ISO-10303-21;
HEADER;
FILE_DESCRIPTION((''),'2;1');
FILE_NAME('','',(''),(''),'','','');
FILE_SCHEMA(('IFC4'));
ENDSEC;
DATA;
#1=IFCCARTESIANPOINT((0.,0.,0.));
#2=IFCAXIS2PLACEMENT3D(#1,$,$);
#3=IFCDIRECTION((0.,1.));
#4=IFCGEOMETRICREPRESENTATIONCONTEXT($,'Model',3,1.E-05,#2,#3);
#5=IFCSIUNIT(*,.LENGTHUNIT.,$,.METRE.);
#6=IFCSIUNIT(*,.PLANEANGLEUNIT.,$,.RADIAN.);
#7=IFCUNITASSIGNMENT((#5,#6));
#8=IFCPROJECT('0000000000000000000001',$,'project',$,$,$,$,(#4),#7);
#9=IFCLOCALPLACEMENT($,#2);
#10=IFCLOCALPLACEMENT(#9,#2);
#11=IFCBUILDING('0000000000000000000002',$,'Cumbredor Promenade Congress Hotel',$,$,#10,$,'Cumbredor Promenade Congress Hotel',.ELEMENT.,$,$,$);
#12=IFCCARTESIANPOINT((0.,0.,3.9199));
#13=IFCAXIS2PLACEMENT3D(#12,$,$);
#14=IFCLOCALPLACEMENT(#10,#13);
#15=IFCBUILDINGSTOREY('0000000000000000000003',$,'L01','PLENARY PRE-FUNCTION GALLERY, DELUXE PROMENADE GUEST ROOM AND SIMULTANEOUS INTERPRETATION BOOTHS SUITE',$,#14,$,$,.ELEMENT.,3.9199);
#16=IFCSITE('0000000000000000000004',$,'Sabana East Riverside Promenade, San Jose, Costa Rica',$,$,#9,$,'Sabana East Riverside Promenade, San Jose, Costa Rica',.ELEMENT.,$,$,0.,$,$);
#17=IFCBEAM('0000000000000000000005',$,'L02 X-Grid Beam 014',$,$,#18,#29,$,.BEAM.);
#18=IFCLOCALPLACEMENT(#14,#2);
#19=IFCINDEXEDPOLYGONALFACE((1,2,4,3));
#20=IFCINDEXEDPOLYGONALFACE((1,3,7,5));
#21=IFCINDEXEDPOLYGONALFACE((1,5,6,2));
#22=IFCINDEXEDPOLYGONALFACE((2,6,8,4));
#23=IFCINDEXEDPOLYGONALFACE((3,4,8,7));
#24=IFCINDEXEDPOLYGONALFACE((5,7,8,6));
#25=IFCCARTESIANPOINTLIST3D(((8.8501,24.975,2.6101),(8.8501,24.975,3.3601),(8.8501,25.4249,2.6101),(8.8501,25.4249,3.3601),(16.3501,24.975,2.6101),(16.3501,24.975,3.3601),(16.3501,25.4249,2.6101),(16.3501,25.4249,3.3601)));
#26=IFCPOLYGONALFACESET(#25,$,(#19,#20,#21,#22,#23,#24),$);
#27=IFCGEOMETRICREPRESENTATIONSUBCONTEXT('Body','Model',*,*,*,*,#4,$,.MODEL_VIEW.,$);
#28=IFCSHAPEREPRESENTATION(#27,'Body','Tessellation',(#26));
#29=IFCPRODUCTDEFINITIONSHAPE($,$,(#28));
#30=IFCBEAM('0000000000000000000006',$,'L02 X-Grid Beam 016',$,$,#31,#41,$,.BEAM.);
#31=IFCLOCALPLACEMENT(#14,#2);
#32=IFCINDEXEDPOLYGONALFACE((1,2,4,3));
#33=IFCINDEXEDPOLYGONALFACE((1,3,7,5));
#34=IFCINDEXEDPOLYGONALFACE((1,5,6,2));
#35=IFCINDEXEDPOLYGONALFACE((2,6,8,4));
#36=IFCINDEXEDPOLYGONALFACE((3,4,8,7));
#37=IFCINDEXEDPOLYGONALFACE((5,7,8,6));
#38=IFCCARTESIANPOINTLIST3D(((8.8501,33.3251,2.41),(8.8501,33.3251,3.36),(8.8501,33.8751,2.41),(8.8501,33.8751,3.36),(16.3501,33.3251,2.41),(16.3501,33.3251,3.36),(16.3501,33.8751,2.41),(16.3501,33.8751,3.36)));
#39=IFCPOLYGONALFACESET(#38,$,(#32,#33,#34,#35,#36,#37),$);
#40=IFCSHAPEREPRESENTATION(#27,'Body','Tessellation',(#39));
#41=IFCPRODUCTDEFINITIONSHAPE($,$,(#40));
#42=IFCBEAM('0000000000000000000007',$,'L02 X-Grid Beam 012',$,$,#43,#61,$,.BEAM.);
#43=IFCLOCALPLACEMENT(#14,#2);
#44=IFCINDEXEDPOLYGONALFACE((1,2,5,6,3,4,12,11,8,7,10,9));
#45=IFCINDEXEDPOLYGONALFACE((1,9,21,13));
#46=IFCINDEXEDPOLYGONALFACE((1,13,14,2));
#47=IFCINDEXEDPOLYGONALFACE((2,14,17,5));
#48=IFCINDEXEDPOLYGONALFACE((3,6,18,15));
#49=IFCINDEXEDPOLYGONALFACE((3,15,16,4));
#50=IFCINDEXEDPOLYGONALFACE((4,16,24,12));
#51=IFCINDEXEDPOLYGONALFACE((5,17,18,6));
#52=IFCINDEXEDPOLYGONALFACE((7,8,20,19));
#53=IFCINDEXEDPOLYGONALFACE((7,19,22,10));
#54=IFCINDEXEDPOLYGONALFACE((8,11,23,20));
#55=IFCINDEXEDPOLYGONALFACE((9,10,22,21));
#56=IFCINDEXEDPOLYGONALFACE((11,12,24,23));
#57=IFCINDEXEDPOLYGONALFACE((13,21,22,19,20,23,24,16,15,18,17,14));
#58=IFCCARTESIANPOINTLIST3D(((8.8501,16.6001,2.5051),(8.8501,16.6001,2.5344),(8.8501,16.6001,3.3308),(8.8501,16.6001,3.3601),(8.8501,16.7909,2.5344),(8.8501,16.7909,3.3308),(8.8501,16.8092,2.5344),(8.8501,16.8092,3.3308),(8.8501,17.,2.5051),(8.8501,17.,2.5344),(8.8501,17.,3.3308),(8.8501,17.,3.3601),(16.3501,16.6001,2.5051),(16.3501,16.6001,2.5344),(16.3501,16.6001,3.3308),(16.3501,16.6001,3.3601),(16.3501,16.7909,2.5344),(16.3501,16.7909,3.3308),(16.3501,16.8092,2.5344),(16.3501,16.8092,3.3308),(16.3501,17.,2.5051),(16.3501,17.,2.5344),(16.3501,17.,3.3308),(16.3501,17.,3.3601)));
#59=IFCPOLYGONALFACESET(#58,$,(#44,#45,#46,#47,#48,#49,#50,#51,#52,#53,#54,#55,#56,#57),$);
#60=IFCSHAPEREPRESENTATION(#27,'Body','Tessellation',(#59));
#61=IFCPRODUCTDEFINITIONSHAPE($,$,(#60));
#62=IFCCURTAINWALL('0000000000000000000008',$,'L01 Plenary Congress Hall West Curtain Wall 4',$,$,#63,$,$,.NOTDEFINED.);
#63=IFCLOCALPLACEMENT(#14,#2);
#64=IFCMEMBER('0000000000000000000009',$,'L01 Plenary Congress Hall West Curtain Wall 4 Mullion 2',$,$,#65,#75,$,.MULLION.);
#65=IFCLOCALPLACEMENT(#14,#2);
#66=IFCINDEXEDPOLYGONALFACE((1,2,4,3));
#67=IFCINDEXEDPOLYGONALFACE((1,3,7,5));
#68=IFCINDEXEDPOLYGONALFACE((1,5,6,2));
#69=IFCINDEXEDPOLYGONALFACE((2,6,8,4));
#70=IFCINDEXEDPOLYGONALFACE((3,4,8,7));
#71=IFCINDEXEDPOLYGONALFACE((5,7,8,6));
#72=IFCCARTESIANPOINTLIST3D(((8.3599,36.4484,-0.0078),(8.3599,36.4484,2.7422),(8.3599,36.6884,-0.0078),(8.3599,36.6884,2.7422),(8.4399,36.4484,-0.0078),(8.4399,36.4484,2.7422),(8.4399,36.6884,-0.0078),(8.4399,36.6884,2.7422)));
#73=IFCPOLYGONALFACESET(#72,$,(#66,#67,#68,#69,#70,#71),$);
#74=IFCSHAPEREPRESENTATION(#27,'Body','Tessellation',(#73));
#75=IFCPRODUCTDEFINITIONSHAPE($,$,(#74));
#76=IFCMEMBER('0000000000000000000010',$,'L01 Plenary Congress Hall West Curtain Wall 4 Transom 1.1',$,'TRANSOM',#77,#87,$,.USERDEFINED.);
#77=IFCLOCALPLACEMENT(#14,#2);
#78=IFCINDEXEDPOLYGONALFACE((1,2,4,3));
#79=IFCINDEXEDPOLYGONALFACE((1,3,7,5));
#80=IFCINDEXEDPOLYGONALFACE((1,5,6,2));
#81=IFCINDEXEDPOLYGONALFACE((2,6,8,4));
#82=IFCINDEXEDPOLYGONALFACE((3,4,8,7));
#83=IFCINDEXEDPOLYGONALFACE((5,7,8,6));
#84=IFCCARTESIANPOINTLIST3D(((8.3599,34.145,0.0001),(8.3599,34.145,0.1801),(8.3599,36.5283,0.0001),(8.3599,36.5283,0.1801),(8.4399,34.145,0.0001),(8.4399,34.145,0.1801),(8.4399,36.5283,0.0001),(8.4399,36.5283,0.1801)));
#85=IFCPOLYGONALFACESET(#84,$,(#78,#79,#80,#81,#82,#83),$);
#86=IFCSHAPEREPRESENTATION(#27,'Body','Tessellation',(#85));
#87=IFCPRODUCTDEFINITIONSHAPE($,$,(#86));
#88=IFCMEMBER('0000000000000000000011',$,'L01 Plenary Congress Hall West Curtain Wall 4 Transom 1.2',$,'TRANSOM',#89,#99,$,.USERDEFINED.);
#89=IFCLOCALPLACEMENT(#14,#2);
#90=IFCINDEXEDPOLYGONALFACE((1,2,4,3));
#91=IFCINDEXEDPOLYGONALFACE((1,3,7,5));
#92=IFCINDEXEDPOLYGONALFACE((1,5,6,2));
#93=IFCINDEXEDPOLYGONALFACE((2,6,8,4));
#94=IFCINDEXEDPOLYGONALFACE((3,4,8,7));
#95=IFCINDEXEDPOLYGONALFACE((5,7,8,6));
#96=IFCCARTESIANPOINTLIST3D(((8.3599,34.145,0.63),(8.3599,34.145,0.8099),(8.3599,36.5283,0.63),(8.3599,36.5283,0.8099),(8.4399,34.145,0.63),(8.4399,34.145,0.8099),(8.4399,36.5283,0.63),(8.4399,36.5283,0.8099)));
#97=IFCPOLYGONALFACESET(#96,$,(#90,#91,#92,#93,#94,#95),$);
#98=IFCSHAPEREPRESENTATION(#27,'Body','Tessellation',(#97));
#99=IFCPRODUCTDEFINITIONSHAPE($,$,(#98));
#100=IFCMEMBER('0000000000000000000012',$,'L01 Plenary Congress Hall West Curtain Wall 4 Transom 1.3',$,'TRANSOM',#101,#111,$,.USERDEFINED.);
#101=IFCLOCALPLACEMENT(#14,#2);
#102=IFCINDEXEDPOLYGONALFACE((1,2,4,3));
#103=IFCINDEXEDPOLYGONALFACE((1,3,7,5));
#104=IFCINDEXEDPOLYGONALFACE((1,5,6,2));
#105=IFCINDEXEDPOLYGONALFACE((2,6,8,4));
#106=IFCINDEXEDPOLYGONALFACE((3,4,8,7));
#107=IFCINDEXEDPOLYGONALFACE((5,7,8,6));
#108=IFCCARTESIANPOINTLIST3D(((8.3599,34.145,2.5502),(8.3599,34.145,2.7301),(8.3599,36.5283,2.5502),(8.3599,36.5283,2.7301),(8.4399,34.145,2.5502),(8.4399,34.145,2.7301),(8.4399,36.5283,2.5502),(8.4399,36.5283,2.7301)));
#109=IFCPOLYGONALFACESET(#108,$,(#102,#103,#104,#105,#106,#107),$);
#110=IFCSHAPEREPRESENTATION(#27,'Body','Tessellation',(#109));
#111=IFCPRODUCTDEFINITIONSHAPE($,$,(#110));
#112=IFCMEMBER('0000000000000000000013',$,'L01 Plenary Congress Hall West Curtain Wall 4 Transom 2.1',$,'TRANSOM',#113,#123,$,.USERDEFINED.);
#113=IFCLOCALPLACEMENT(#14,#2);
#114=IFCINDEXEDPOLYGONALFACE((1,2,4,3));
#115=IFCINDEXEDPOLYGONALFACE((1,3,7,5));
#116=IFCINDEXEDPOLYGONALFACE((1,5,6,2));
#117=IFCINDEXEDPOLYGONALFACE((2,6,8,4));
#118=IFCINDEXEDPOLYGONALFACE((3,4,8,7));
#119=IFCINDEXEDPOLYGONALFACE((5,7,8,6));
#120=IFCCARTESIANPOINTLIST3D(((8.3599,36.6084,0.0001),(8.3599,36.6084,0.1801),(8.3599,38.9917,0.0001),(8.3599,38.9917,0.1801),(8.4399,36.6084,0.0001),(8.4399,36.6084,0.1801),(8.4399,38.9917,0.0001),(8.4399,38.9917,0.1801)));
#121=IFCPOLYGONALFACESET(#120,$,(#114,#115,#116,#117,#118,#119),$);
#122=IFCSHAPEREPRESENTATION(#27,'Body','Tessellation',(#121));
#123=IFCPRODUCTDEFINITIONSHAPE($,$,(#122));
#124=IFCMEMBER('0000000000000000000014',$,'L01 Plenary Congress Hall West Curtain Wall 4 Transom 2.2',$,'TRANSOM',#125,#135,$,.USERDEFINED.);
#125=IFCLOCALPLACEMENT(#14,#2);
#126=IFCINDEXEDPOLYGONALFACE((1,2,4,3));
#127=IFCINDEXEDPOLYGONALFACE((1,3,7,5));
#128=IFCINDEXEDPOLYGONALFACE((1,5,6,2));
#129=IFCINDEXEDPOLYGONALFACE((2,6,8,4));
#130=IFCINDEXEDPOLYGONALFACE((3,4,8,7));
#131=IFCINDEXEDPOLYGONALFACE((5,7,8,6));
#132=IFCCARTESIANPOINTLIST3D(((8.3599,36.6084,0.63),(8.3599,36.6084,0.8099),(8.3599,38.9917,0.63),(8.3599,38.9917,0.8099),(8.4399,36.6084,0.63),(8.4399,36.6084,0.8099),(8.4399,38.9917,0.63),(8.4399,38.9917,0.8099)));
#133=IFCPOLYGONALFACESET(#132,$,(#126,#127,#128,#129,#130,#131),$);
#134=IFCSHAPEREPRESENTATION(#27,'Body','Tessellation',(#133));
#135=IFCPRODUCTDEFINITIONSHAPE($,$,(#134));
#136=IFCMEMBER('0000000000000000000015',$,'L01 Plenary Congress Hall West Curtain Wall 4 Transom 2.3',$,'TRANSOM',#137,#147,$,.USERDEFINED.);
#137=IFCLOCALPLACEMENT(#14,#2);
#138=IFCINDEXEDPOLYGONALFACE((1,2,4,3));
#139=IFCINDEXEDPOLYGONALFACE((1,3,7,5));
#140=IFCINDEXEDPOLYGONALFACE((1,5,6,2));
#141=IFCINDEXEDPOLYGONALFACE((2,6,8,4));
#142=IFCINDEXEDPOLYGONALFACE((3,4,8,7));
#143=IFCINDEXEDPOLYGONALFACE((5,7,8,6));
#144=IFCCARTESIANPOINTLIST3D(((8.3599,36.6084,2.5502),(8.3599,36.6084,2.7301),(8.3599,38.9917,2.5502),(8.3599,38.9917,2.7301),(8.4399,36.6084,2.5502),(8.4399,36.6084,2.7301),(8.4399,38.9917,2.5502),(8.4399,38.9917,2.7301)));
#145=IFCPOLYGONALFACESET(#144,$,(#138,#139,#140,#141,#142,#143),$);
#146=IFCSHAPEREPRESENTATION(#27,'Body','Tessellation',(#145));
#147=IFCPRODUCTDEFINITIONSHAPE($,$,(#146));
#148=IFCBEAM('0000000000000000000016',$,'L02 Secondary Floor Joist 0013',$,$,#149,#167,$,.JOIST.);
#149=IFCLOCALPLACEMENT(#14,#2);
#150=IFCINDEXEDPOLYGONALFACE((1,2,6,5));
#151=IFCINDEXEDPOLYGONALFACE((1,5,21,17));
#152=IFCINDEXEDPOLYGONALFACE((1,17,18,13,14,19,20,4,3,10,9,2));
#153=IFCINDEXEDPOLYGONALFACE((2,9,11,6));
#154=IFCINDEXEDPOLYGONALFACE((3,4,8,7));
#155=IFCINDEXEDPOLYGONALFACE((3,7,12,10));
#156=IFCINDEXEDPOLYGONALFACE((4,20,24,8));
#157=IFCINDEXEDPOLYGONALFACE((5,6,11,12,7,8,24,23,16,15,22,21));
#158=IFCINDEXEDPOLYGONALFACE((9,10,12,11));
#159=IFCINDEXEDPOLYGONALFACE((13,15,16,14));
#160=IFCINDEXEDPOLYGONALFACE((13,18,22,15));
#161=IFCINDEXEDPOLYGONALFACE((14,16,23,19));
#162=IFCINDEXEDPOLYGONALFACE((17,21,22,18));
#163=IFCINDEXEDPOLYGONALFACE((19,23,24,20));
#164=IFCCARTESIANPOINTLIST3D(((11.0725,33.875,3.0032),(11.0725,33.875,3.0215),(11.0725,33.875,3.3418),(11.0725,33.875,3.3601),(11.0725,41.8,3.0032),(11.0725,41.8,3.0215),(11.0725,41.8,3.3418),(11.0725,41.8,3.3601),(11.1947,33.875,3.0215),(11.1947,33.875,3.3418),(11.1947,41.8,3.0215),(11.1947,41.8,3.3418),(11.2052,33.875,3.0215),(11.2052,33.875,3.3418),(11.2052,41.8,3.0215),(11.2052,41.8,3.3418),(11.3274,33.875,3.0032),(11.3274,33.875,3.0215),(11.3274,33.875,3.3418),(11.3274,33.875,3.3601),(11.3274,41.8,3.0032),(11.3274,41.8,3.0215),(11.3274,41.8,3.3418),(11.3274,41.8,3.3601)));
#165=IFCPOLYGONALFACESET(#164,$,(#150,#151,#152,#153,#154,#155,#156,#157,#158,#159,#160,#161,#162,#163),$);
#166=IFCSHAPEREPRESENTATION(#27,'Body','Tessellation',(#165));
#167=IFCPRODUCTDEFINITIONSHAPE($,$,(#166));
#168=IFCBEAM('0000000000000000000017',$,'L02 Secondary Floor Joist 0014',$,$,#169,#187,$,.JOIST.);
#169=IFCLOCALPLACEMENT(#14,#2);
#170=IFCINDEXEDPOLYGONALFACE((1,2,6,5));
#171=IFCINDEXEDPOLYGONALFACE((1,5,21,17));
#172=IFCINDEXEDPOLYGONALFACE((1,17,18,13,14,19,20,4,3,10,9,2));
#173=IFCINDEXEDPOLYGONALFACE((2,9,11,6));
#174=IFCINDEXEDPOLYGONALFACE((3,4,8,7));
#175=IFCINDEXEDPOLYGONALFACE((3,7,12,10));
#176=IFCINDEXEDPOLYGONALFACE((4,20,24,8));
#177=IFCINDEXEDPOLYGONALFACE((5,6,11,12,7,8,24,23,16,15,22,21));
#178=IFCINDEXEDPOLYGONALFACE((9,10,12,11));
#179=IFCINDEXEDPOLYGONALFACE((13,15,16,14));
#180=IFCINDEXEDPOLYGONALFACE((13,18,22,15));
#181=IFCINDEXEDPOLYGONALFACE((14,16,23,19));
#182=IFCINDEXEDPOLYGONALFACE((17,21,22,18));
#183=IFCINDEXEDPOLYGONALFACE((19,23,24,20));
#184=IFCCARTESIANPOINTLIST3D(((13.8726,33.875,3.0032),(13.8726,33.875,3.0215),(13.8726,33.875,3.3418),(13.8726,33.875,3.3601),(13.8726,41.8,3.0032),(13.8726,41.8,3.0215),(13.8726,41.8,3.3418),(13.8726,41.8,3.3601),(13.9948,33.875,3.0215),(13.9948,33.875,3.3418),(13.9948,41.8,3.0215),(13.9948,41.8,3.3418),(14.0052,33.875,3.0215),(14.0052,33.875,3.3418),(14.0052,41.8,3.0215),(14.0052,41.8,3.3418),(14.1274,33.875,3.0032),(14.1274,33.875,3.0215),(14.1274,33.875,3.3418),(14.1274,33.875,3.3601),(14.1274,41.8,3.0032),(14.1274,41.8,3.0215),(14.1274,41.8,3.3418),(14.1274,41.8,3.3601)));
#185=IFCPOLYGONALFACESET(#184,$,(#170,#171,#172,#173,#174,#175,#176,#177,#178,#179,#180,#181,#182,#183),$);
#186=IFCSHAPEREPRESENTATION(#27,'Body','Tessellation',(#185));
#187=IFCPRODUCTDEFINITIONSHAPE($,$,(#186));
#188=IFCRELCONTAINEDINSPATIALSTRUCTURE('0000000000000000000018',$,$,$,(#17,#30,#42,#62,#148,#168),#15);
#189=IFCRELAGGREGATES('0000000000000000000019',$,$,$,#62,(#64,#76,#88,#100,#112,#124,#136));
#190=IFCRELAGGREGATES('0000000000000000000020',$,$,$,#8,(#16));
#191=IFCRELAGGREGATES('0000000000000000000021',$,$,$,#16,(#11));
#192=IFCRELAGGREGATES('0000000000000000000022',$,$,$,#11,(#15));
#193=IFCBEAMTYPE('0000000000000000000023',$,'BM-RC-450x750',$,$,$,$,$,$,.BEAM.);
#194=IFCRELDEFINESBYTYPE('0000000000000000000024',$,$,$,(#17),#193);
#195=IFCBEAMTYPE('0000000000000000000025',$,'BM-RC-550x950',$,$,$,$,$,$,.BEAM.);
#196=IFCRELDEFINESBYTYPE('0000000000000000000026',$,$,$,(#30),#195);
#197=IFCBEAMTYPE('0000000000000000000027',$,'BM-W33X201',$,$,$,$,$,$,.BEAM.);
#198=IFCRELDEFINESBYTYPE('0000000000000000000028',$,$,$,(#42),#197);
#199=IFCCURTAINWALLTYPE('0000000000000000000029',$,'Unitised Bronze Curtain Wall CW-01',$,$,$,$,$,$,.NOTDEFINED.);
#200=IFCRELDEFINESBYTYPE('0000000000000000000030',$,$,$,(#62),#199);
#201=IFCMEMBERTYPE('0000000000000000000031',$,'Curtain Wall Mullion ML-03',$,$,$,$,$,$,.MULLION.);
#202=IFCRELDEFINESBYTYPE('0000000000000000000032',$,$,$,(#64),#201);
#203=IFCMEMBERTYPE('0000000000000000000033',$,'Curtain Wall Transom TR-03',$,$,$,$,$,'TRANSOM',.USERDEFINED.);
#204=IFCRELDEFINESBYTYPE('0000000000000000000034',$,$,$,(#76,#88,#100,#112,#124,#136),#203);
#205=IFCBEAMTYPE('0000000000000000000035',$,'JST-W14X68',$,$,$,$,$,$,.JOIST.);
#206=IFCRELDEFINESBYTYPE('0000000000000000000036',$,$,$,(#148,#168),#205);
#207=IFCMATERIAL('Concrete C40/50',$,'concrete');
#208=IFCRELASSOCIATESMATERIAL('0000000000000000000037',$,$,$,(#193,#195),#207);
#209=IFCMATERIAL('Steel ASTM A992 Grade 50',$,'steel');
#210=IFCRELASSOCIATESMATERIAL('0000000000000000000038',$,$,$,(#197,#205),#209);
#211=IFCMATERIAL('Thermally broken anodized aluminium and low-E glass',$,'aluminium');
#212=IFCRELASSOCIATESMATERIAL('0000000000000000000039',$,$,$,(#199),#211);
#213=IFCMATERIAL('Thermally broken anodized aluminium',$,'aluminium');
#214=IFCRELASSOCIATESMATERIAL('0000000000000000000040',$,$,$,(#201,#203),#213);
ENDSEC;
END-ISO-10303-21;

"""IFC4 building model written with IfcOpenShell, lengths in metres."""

from ifc_helpers import new_model, si_unit, direction, frame, origin, origin_2d, place, context, subcontext, project, spatial, rectangle, i_section, extrude, material, material_profile, profile_set, type_object, element, aggregate, save


model = new_model("IFC4")

# Units and contexts
model_context = context("Model", 3, precision=1e-05, world=origin(), true_north=direction((0.0, 1.0)))
body_context = subcontext(model_context, "Body", "Model", "MODEL_VIEW")
ifc_project = project(units=[si_unit("LENGTHUNIT", "METRE"), si_unit("PLANEANGLEUNIT", "RADIAN")], contexts=[model_context])

# Site, building, storey
site_placement = place(None, origin())
site = spatial("IfcSite", under=ifc_project, at=site_placement, Name="Sabana East Riverside Promenade, San Jose, Costa Rica", LongName="Sabana East Riverside Promenade, San Jose, Costa Rica", CompositionType="ELEMENT", RefElevation=0.0)
building_placement = place(site_placement, origin())
building = spatial("IfcBuilding", under=site, at=building_placement, Name="Cumbredor Promenade Congress Hotel", LongName="Cumbredor Promenade Congress Hotel", CompositionType="ELEMENT")
storey_placement = place(building_placement, frame((0.0, 0.0, 3.9199)))
storey = spatial("IfcBuildingStorey", under=building, at=storey_placement, Name="L01", Description="PLENARY PRE-FUNCTION GALLERY, DELUXE PROMENADE GUEST ROOM AND SIMULTANEOUS INTERPRETATION BOOTHS SUITE", CompositionType="ELEMENT", Elevation=3.9199)

# Beams
ifc_material_1 = material(Name="Concrete C40/50", Category="concrete")
ifc_material_profile_1 = material_profile(ifc_material_1, rectangle(XDim=0.45, YDim=0.75, at=origin_2d()), Name="RC BEAM 450x750")
ifc_profile_set_1 = profile_set([ifc_material_profile_1], Name="Concrete C40/50")
beam_type_1 = type_object("IfcBeamType", Name="BM-RC-450x750", PredefinedType="BEAM", material=ifc_profile_set_1)
beam_1_placement = place(storey_placement, frame((8.8501, 25.2, 2.9851), z_axis=(1.0, 0.0, 0.0), x_axis=(0.0, 1.0, 0.0)))
element("IfcBeam", 1, at=beam_1_placement, inside=storey, type_object=beam_type_1, Name="L02 X-Grid Beam 014", PredefinedType="BEAM", context=body_context, shape_type="SweptSolid", body=[
    extrude(rectangle(XDim=0.45, YDim=0.75, at=origin_2d()), origin(), (0.0, 0.0, 1.0), 7.5),
])
ifc_material_profile_2 = material_profile(ifc_material_1, rectangle(XDim=0.55, YDim=0.95, at=origin_2d()), Name="RC BEAM 550x950")
ifc_profile_set_2 = profile_set([ifc_material_profile_2], Name="Concrete C40/50")
beam_type_2 = type_object("IfcBeamType", Name="BM-RC-550x950", PredefinedType="BEAM", material=ifc_profile_set_2)
beam_2_placement = place(storey_placement, frame((8.8501, 33.6001, 2.885), z_axis=(1.0, 0.0, 0.0), x_axis=(0.0, 1.0, 0.0)))
element("IfcBeam", 2, at=beam_2_placement, inside=storey, type_object=beam_type_2, Name="L02 X-Grid Beam 016", PredefinedType="BEAM", context=body_context, shape_type="SweptSolid", body=[
    extrude(rectangle(XDim=0.55, YDim=0.95, at=origin_2d()), origin(), (0.0, 0.0, 1.0), 7.5),
])
ifc_material_2 = material(Name="Steel ASTM A992 Grade 50", Category="steel")
ifc_material_profile_3 = material_profile(ifc_material_2, i_section(OverallWidth=0.3999, OverallDepth=0.855, WebThickness=0.0183, FlangeThickness=0.0293, at=origin_2d()), Name="W33X201")
ifc_profile_set_3 = profile_set([ifc_material_profile_3], Name="Steel ASTM A992 Grade 50")
beam_type_3 = type_object("IfcBeamType", Name="BM-W33X201", PredefinedType="BEAM", material=ifc_profile_set_3)
beam_3_placement = place(storey_placement, frame((8.8501, 16.8, 2.9326), z_axis=(1.0, 0.0, 0.0), x_axis=(0.0, 1.0, 0.0)))
element("IfcBeam", 3, at=beam_3_placement, inside=storey, type_object=beam_type_3, Name="L02 X-Grid Beam 012", PredefinedType="BEAM", context=body_context, shape_type="SweptSolid", body=[
    extrude(i_section(OverallWidth=0.3999, OverallDepth=0.855, WebThickness=0.0183, FlangeThickness=0.0293, at=origin_2d()), origin(), (0.0, 0.0, 1.0), 7.5),
])

# Curtain wall, members
ifc_material_3 = material(Name="Thermally broken anodized aluminium and low-E glass", Category="aluminium")
curtain_wall_type = type_object("IfcCurtainWallType", Name="Unitised Bronze Curtain Wall CW-01", PredefinedType="NOTDEFINED", material=ifc_material_3)
curtain_wall_placement = place(storey_placement, origin())
curtain_wall = element("IfcCurtainWall", 4, at=curtain_wall_placement, inside=storey, type_object=curtain_wall_type, Name="L01 Plenary Congress Hall West Curtain Wall 4", PredefinedType="NOTDEFINED")
ifc_material_4 = material(Name="Thermally broken anodized aluminium", Category="aluminium")
ifc_material_profile_4 = material_profile(ifc_material_4, rectangle(XDim=0.0801, YDim=0.24, at=origin_2d()), Name="ALU MULLION 80x240")
ifc_profile_set_4 = profile_set([ifc_material_profile_4], Name="Thermally broken anodized aluminium")
member_type_1 = type_object("IfcMemberType", Name="Curtain Wall Mullion ML-03", PredefinedType="MULLION", material=ifc_profile_set_4)
member_1_placement = place(storey_placement, frame((8.3999, 36.5684, -0.0078), z_axis=(0.0, 0.0, 1.0), x_axis=(1.0, 0.0, 0.0)))
member_1 = element("IfcMember", 5, at=member_1_placement, type_object=member_type_1, Name="L01 Plenary Congress Hall West Curtain Wall 4 Mullion 2", PredefinedType="MULLION", context=body_context, shape_type="SweptSolid", body=[
    extrude(rectangle(XDim=0.0801, YDim=0.24, at=origin_2d()), origin(), (0.0, 0.0, 1.0), 2.75),
])
ifc_material_profile_5 = material_profile(ifc_material_4, rectangle(XDim=0.0801, YDim=0.1799, at=origin_2d()), Name="ALU TRANSOM 80x180")
ifc_profile_set_5 = profile_set([ifc_material_profile_5], Name="Thermally broken anodized aluminium")
member_type_2 = type_object("IfcMemberType", Name="Curtain Wall Transom TR-03", ElementType="TRANSOM", PredefinedType="USERDEFINED", material=ifc_profile_set_5)
member_2_placement = place(storey_placement, frame((8.3999, 34.145, 0.0901), z_axis=(0.0, 1.0, 0.0), x_axis=(-1.0, 0.0, 0.0)))
member_2 = element("IfcMember", 6, at=member_2_placement, type_object=member_type_2, Name="L01 Plenary Congress Hall West Curtain Wall 4 Transom 1.1", ObjectType="TRANSOM", PredefinedType="USERDEFINED", context=body_context, shape_type="SweptSolid", body=[
    extrude(rectangle(XDim=0.0801, YDim=0.1799, at=origin_2d()), origin(), (0.0, 0.0, 1.0), 2.3833),
])
member_3_placement = place(storey_placement, frame((8.3999, 34.145, 0.72), z_axis=(0.0, 1.0, 0.0), x_axis=(-1.0, 0.0, 0.0)))
member_3 = element("IfcMember", 7, at=member_3_placement, type_object=member_type_2, Name="L01 Plenary Congress Hall West Curtain Wall 4 Transom 1.2", ObjectType="TRANSOM", PredefinedType="USERDEFINED", context=body_context, shape_type="SweptSolid", body=[
    extrude(rectangle(XDim=0.0801, YDim=0.1799, at=origin_2d()), origin(), (0.0, 0.0, 1.0), 2.3833),
])
member_4_placement = place(storey_placement, frame((8.3999, 34.145, 2.6401), z_axis=(0.0, 1.0, 0.0), x_axis=(-1.0, 0.0, 0.0)))
member_4 = element("IfcMember", 8, at=member_4_placement, type_object=member_type_2, Name="L01 Plenary Congress Hall West Curtain Wall 4 Transom 1.3", ObjectType="TRANSOM", PredefinedType="USERDEFINED", context=body_context, shape_type="SweptSolid", body=[
    extrude(rectangle(XDim=0.0801, YDim=0.1799, at=origin_2d()), origin(), (0.0, 0.0, 1.0), 2.3833),
])
member_5_placement = place(storey_placement, frame((8.3999, 36.6084, 0.0901), z_axis=(0.0, 1.0, 0.0), x_axis=(-1.0, 0.0, 0.0)))
member_5 = element("IfcMember", 9, at=member_5_placement, type_object=member_type_2, Name="L01 Plenary Congress Hall West Curtain Wall 4 Transom 2.1", ObjectType="TRANSOM", PredefinedType="USERDEFINED", context=body_context, shape_type="SweptSolid", body=[
    extrude(rectangle(XDim=0.0801, YDim=0.1799, at=origin_2d()), origin(), (0.0, 0.0, 1.0), 2.3833),
])
member_6_placement = place(storey_placement, frame((8.3999, 36.6084, 0.72), z_axis=(0.0, 1.0, 0.0), x_axis=(-1.0, 0.0, 0.0)))
member_6 = element("IfcMember", 10, at=member_6_placement, type_object=member_type_2, Name="L01 Plenary Congress Hall West Curtain Wall 4 Transom 2.2", ObjectType="TRANSOM", PredefinedType="USERDEFINED", context=body_context, shape_type="SweptSolid", body=[
    extrude(rectangle(XDim=0.0801, YDim=0.1799, at=origin_2d()), origin(), (0.0, 0.0, 1.0), 2.3833),
])
member_7_placement = place(storey_placement, frame((8.3999, 36.6084, 2.6401), z_axis=(0.0, 1.0, 0.0), x_axis=(-1.0, 0.0, 0.0)))
member_7 = element("IfcMember", 11, at=member_7_placement, type_object=member_type_2, Name="L01 Plenary Congress Hall West Curtain Wall 4 Transom 2.3", ObjectType="TRANSOM", PredefinedType="USERDEFINED", context=body_context, shape_type="SweptSolid", body=[
    extrude(rectangle(XDim=0.0801, YDim=0.1799, at=origin_2d()), origin(), (0.0, 0.0, 1.0), 2.3833),
])

# Beams
ifc_material_profile_6 = material_profile(ifc_material_2, i_section(OverallWidth=0.2549, OverallDepth=0.3569, WebThickness=0.0105, FlangeThickness=0.0183, at=origin_2d()), Name="W14X68")
ifc_profile_set_6 = profile_set([ifc_material_profile_6], Name="Steel ASTM A992 Grade 50")
beam_type_4 = type_object("IfcBeamType", Name="JST-W14X68", PredefinedType="JOIST", material=ifc_profile_set_6)
for number, where, z_axis, x_axis, name in (
    (12, (11.2, 33.875, 3.1816), (0.0, 1.0, 0.0), (-1.0, 0.0, 0.0), "L02 Secondary Floor Joist 0013"),
    (13, (14.0, 33.875, 3.1816), (0.0, 1.0, 0.0), (-1.0, 0.0, 0.0), "L02 Secondary Floor Joist 0014"),
):
    element("IfcBeam", number, at=place(storey_placement, frame(where, z_axis=z_axis, x_axis=x_axis)), inside=storey, type_object=beam_type_4, Name=name, PredefinedType="JOIST", context=body_context, shape_type="SweptSolid", body=[
        extrude(i_section(OverallWidth=0.2549, OverallDepth=0.3569, WebThickness=0.0105, FlangeThickness=0.0183, at=origin_2d()), origin(), (0.0, 0.0, 1.0), 7.925),
    ])

aggregate(curtain_wall, [member_1, member_2, member_3, member_4, member_5, member_6, member_7])

save(model, "model.ifc")
